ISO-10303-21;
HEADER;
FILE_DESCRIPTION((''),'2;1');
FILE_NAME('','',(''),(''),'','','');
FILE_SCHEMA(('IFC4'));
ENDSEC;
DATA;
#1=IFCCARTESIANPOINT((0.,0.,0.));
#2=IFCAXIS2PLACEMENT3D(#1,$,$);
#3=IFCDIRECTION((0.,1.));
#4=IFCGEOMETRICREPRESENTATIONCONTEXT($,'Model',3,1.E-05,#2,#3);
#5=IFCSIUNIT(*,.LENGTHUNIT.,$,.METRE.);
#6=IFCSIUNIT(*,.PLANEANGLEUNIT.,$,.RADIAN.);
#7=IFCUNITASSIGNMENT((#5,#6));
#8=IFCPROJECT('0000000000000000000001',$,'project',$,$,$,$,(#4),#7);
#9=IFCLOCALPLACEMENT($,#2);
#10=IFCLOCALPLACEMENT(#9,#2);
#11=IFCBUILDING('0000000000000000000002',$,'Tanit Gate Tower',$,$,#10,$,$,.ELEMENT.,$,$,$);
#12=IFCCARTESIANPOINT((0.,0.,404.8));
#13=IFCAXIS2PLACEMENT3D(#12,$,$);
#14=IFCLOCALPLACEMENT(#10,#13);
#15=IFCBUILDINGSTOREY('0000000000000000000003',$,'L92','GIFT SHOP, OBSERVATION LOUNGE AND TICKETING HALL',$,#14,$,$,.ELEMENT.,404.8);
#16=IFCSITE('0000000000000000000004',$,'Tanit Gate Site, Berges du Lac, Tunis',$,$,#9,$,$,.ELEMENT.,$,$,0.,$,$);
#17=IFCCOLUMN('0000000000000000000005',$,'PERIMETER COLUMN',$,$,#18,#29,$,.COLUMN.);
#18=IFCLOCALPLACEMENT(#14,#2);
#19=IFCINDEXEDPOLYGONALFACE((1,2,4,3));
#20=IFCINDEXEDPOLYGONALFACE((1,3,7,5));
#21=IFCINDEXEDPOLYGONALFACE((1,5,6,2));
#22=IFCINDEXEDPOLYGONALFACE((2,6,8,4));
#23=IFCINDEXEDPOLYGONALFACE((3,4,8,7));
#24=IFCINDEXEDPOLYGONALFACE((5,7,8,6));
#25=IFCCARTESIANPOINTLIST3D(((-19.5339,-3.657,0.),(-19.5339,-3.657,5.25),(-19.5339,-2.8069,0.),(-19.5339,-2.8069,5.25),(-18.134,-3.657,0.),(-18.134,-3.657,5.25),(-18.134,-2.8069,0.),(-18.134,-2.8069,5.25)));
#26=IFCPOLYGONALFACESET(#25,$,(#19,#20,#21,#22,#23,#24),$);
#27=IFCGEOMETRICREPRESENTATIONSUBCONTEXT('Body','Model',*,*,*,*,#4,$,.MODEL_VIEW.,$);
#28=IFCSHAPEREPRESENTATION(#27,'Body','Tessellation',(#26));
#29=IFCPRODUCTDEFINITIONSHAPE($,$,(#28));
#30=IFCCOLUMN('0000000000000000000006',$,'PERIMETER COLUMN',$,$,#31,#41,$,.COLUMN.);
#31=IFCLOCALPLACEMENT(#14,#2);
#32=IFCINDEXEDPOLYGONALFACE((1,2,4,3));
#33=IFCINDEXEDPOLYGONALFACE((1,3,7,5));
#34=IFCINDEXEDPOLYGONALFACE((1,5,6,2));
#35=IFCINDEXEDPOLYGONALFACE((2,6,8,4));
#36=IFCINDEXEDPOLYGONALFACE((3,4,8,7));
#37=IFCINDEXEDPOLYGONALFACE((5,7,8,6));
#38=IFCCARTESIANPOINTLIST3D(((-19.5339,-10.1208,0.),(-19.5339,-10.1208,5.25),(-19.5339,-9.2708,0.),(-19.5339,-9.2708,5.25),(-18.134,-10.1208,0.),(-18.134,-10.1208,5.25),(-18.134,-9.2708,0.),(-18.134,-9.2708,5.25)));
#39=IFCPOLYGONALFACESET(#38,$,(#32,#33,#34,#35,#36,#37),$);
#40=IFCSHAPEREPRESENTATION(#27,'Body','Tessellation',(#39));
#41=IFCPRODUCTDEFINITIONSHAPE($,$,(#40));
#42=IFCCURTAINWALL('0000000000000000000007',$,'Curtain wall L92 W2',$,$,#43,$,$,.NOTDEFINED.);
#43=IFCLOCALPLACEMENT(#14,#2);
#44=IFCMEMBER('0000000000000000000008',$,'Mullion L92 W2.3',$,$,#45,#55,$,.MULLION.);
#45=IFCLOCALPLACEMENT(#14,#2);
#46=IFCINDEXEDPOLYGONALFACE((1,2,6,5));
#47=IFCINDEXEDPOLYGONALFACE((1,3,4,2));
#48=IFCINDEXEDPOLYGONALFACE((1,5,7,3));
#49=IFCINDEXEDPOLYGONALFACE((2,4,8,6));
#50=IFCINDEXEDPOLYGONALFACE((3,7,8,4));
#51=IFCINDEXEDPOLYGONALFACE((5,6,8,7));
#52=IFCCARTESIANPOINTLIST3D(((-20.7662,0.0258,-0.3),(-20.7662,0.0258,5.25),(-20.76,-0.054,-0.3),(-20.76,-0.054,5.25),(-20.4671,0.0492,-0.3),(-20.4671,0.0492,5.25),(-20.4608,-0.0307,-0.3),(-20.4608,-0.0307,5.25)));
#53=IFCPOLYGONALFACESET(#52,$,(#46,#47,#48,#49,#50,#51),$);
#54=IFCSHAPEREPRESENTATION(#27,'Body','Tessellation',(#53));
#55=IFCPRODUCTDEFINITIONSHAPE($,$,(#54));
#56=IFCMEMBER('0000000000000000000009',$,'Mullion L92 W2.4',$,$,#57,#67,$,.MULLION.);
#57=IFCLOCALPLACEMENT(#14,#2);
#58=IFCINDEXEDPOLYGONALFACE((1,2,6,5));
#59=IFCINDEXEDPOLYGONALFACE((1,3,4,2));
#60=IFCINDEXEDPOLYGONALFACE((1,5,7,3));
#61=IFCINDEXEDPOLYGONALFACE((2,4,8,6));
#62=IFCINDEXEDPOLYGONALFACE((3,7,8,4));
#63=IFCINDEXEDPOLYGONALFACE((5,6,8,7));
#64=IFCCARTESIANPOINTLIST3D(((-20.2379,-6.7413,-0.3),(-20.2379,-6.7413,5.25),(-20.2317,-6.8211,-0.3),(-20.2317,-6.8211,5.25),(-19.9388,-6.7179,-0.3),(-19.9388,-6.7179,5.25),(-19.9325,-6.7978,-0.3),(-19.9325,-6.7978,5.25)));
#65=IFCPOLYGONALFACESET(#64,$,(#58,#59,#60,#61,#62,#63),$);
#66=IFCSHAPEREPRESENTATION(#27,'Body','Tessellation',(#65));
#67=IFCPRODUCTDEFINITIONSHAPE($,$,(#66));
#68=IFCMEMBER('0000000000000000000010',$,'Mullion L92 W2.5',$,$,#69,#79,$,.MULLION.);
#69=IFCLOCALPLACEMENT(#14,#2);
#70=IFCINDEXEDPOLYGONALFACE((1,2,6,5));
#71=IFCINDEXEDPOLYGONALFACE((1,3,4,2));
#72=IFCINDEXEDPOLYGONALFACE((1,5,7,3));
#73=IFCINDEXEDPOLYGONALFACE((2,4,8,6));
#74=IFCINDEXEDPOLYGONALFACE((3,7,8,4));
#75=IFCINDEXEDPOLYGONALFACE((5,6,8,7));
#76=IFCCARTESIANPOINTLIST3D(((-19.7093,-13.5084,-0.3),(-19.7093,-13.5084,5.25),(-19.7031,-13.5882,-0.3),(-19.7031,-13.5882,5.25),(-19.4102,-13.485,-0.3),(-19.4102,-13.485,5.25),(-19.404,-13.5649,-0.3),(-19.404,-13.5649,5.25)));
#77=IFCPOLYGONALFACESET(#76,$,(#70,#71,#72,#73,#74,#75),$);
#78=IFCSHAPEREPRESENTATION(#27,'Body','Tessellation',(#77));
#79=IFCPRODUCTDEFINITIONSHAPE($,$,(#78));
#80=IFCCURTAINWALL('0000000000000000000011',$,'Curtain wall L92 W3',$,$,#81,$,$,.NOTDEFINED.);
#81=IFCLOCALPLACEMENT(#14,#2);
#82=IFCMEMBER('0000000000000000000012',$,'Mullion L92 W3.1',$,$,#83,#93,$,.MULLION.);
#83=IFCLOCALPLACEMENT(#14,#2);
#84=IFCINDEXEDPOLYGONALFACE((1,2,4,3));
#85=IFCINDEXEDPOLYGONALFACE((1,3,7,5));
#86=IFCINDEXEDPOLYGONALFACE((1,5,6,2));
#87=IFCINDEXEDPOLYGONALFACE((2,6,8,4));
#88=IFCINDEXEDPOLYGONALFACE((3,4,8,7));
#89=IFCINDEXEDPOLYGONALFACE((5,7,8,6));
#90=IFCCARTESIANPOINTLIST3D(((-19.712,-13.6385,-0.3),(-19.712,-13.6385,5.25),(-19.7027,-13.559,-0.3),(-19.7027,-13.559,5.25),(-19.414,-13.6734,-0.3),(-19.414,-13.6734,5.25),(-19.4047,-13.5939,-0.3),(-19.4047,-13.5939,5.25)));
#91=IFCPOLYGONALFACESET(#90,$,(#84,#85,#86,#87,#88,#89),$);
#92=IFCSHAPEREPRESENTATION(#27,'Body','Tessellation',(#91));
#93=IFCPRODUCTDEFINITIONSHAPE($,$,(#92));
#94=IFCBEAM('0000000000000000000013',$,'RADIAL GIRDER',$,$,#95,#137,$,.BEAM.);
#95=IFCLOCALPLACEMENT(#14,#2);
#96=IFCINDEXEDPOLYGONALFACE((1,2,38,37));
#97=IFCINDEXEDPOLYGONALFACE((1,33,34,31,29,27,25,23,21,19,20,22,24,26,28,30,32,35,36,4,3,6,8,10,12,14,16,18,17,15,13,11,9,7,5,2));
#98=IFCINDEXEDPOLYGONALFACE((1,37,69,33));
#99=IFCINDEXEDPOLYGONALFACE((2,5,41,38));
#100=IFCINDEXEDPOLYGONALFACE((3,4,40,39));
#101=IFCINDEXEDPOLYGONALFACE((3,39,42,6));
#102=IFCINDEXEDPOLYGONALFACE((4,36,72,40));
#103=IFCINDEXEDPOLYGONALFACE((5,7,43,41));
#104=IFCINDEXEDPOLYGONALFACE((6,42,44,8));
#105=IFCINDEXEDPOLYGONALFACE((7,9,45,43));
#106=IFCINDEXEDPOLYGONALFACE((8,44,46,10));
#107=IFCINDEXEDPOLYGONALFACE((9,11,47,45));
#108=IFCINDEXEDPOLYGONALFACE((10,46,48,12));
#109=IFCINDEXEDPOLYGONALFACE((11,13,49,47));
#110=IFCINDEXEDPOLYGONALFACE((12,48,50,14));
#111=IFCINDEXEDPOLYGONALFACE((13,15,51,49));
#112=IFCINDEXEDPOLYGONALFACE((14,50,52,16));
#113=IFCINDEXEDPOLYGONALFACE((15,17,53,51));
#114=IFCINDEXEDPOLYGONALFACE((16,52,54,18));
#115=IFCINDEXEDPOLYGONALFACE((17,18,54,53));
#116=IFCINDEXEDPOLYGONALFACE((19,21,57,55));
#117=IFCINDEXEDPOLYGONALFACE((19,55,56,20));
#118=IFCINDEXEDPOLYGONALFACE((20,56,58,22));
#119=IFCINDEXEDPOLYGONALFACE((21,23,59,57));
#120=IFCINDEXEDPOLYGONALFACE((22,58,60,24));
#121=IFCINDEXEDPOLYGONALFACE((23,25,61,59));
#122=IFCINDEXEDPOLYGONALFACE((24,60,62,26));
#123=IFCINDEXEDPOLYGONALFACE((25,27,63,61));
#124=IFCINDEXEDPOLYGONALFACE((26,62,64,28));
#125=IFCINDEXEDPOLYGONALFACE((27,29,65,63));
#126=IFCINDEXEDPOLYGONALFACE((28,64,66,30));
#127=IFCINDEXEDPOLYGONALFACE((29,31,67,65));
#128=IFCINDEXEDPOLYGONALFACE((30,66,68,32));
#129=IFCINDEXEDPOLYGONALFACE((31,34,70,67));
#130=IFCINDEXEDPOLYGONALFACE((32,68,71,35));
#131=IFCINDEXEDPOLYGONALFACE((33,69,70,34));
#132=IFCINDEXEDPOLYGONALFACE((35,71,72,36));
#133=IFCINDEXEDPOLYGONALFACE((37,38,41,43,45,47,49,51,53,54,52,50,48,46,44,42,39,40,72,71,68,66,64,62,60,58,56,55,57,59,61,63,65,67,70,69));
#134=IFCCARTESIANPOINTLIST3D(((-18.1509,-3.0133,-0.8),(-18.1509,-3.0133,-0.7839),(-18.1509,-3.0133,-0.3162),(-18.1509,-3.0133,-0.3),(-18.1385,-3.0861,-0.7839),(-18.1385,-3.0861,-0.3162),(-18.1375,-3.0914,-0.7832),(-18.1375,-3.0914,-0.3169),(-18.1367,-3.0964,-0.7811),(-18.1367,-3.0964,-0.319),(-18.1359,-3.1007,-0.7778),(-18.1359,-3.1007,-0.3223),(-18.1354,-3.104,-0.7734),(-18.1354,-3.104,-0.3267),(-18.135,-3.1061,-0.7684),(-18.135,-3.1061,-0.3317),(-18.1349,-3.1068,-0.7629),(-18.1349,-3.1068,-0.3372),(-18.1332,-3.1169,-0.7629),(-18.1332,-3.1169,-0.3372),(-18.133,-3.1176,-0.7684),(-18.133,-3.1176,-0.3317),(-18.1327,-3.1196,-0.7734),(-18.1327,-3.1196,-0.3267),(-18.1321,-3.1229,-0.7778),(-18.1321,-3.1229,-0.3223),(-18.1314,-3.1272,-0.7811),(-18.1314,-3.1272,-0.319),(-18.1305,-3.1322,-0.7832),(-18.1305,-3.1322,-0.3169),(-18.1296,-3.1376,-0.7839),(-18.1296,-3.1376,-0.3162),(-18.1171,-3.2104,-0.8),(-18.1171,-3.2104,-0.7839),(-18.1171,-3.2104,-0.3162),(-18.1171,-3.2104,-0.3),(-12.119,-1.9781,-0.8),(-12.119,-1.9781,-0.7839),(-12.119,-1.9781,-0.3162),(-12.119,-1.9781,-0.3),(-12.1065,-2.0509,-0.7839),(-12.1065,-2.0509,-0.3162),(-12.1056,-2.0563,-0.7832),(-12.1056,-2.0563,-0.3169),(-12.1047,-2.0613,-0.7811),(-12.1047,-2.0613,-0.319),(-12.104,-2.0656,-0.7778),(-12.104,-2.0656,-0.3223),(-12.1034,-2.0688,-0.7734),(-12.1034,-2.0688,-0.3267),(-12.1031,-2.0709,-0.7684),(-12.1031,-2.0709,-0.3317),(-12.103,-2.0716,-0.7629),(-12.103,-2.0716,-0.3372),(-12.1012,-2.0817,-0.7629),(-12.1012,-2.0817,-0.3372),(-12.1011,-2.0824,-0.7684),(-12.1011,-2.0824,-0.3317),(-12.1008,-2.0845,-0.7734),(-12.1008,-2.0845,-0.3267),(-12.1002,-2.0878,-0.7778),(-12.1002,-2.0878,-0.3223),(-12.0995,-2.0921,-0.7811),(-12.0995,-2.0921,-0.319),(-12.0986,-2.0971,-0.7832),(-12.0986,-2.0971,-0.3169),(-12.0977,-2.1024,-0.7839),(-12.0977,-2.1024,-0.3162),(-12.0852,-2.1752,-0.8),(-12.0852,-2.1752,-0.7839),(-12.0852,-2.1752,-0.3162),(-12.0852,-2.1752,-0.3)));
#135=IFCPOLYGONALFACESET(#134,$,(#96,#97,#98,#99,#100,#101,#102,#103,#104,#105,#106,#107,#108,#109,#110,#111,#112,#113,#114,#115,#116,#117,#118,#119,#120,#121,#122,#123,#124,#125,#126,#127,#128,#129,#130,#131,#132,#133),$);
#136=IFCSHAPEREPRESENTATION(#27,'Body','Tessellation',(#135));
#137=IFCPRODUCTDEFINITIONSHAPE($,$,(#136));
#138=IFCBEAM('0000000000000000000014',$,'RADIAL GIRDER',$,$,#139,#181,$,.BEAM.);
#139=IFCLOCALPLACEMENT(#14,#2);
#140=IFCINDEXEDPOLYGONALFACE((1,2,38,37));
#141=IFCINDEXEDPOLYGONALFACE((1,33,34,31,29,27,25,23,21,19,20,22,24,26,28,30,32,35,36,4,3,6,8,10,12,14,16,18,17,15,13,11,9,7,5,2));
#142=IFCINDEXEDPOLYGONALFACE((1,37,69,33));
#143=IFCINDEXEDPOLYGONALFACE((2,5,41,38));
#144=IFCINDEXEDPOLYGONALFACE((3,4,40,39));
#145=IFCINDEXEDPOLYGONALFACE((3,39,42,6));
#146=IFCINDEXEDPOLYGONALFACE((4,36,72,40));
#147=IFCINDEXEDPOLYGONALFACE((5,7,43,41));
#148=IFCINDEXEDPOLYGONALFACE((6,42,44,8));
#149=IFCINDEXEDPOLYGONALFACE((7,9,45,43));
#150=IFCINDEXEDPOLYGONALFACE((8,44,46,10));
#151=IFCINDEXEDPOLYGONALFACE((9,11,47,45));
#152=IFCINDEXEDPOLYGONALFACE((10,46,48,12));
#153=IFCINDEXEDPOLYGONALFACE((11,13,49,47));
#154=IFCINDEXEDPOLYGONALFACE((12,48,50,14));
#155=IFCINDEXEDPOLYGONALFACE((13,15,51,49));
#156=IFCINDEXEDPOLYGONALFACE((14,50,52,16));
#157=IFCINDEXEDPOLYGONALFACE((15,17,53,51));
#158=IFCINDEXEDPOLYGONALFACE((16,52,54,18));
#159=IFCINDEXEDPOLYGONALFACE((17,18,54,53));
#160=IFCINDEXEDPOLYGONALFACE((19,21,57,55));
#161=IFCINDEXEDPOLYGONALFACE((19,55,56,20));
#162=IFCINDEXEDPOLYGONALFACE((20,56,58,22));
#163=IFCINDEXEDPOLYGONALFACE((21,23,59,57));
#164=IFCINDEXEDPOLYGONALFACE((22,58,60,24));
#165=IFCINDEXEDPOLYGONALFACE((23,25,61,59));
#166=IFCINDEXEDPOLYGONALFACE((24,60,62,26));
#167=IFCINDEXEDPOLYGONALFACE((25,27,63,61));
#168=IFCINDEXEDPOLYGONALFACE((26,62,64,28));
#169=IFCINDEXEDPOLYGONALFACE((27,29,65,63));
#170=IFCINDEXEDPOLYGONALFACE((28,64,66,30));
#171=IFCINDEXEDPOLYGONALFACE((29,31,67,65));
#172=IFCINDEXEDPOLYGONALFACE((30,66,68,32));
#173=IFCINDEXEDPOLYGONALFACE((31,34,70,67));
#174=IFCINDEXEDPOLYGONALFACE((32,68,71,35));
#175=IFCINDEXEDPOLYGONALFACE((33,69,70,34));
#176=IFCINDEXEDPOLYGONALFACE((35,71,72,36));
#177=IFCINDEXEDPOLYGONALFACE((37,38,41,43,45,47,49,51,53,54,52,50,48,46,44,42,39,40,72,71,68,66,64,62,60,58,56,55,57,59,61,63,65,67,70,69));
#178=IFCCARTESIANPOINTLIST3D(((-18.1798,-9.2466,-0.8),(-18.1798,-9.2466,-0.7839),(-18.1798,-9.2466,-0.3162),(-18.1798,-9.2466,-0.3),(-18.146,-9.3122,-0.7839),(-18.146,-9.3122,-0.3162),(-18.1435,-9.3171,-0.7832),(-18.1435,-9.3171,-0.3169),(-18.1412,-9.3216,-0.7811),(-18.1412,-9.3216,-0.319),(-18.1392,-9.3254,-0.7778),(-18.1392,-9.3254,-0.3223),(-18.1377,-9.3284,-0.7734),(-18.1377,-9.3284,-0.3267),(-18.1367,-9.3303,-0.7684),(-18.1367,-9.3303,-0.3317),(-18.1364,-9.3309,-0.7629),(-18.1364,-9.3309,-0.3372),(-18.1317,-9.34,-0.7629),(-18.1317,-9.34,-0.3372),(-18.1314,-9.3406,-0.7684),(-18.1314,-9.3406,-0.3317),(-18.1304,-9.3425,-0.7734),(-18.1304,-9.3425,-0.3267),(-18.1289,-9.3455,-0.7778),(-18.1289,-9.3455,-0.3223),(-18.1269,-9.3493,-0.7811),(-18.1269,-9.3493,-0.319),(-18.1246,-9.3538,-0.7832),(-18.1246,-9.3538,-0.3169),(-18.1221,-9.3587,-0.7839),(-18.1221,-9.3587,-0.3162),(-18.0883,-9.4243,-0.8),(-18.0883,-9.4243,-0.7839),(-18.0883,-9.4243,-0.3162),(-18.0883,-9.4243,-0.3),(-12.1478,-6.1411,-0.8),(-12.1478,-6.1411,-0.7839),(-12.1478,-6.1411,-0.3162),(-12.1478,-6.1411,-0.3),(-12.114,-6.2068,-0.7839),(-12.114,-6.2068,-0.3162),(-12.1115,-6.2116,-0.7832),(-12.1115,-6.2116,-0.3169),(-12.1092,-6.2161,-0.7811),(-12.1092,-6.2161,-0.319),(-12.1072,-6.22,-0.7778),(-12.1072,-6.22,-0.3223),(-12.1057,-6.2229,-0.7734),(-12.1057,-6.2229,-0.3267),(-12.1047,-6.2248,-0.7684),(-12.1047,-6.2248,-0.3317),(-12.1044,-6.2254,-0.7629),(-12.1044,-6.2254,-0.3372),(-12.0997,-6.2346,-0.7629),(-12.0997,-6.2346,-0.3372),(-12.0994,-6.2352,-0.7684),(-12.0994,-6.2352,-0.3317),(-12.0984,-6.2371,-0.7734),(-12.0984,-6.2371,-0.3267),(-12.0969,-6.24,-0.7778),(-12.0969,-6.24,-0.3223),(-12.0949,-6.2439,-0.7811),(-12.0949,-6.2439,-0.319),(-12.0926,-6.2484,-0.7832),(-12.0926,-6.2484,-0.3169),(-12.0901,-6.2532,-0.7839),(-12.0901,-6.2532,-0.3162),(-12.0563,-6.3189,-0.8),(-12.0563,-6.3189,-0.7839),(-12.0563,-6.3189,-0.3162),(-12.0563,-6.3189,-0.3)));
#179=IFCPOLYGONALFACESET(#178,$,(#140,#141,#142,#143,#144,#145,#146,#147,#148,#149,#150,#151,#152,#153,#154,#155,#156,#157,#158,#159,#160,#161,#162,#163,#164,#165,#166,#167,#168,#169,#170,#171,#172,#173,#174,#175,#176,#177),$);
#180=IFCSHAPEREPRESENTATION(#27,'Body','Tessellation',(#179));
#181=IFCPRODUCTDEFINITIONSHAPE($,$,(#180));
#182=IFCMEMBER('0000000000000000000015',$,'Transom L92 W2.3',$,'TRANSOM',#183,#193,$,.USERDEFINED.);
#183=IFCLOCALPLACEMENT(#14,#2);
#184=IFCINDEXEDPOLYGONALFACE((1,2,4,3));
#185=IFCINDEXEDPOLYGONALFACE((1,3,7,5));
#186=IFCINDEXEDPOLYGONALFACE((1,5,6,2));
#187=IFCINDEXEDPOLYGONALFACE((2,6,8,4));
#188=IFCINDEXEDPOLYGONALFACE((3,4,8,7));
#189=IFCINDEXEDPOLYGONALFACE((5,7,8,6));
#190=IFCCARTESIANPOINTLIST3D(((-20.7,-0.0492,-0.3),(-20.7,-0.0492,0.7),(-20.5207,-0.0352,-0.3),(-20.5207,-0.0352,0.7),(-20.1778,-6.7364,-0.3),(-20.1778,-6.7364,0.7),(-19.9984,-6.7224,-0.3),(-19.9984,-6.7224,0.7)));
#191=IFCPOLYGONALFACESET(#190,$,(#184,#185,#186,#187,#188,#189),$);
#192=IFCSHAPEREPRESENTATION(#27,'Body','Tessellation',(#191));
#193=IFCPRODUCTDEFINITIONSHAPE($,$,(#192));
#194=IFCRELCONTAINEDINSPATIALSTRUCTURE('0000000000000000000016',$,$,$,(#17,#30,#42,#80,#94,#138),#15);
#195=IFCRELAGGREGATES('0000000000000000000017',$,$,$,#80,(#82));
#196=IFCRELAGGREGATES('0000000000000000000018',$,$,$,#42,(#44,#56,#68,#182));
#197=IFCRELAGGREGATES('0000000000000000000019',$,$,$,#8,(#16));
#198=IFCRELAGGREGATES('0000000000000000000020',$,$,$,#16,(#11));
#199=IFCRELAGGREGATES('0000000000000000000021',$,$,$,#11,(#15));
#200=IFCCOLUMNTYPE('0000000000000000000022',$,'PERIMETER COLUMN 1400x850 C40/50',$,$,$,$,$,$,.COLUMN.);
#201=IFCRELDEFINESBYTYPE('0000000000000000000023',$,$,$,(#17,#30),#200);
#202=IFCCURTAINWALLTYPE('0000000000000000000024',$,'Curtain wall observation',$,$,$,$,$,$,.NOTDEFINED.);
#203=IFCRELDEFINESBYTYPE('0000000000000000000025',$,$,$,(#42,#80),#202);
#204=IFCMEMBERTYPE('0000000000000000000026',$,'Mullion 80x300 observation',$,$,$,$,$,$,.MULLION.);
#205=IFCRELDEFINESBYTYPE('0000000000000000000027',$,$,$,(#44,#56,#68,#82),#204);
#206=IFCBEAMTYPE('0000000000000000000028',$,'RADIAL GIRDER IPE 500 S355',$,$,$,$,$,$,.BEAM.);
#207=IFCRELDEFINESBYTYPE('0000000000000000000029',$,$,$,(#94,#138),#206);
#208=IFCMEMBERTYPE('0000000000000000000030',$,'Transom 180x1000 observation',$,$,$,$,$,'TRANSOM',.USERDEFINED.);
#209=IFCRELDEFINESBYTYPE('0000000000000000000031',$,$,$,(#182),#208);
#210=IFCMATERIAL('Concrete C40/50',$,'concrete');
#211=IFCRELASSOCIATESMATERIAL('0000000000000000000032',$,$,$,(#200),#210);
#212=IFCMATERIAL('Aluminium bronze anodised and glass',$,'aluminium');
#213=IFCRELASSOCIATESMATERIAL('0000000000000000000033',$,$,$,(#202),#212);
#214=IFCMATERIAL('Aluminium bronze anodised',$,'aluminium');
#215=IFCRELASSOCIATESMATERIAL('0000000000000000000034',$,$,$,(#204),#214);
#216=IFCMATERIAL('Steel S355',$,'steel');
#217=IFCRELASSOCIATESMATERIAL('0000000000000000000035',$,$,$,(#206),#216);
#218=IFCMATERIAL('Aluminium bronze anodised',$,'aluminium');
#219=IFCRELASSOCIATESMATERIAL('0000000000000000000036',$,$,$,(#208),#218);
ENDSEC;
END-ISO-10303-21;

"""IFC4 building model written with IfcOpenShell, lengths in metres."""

from ifc_helpers import new_model, si_unit, direction, frame, origin, origin_2d, place, context, subcontext, project, spatial, rectangle, i_section, extrude, material, material_profile, profile_set, type_object, element, aggregate, save


model = new_model("IFC4")

# Units and contexts
model_context = context("Model", 3, precision=1e-05, world=origin(), true_north=direction((0.0, 1.0)))
body_context = subcontext(model_context, "Body", "Model", "MODEL_VIEW")
ifc_project = project(units=[si_unit("LENGTHUNIT", "METRE"), si_unit("PLANEANGLEUNIT", "RADIAN")], contexts=[model_context])

# Site, building, storey
site_placement = place(None, origin())
site = spatial("IfcSite", under=ifc_project, at=site_placement, Name="Tanit Gate Site, Berges du Lac, Tunis", CompositionType="ELEMENT", RefElevation=0.0)
building_placement = place(site_placement, origin())
building = spatial("IfcBuilding", under=site, at=building_placement, Name="Tanit Gate Tower", CompositionType="ELEMENT")
storey_placement = place(building_placement, frame((0.0, 0.0, 404.8)))
storey = spatial("IfcBuildingStorey", under=building, at=storey_placement, Name="L92", Description="GIFT SHOP, OBSERVATION LOUNGE AND TICKETING HALL", CompositionType="ELEMENT", Elevation=404.8)

# Columns
ifc_material_1 = material(Name="Concrete C40/50", Category="concrete")
ifc_material_profile_1 = material_profile(ifc_material_1, rectangle(XDim=1.3999, YDim=0.8501, at=origin_2d()), Name="RC 1400x850")
ifc_profile_set_1 = profile_set([ifc_material_profile_1], Name="Concrete C40/50")
column_type = type_object("IfcColumnType", Name="PERIMETER COLUMN 1400x850 C40/50", PredefinedType="COLUMN", material=ifc_profile_set_1)
for number, where, z_axis, x_axis, name in (
    (1, (-18.834, -3.2319, 0.0), (0.0, 0.0, 1.0), (-1.0, 0.0, 0.0), "PERIMETER COLUMN"),
    (2, (-18.834, -9.6958, 0.0), (0.0, 0.0, 1.0), (-1.0, 0.0, 0.0), "PERIMETER COLUMN"),
):
    element("IfcColumn", number, at=place(storey_placement, frame(where, z_axis=z_axis, x_axis=x_axis)), inside=storey, type_object=column_type, Name=name, PredefinedType="COLUMN", context=body_context, shape_type="SweptSolid", body=[
        extrude(rectangle(XDim=1.3999, YDim=0.8501, at=origin_2d()), origin(), (0.0, 0.0, 1.0), 5.25),
    ])

# Curtain wall, members
ifc_material_2 = material(Name="Aluminium bronze anodised and glass", Category="aluminium")
curtain_wall_type = type_object("IfcCurtainWallType", Name="Curtain wall observation", PredefinedType="NOTDEFINED", material=ifc_material_2)
curtain_wall_1_placement = place(storey_placement, origin())
curtain_wall_1 = element("IfcCurtainWall", 3, at=curtain_wall_1_placement, inside=storey, type_object=curtain_wall_type, Name="Curtain wall L92 W2", PredefinedType="NOTDEFINED")
ifc_material_3 = material(Name="Aluminium bronze anodised", Category="aluminium")
ifc_material_profile_2 = material_profile(ifc_material_3, rectangle(XDim=0.3, YDim=0.0801, at=origin_2d()), Name="80x300 bronze mullion")
ifc_profile_set_2 = profile_set([ifc_material_profile_2], Name="Aluminium bronze anodised")
member_type_1 = type_object("IfcMemberType", Name="Mullion 80x300 observation", PredefinedType="MULLION", material=ifc_profile_set_2)
member_1_placement = place(storey_placement, frame((-20.6135, -0.0024, -0.3), z_axis=(0.0, 0.0, 1.0), x_axis=(0.996966, 0.077839, 0.0)))
member_1 = element("IfcMember", 4, at=member_1_placement, type_object=member_type_1, Name="Mullion L92 W2.3", PredefinedType="MULLION", context=body_context, shape_type="SweptSolid", body=[
    extrude(rectangle(XDim=0.3, YDim=0.0801, at=origin_2d()), origin(), (0.0, 0.0, 1.0), 5.55),
])
member_2_placement = place(storey_placement, frame((-20.0852, -6.7695, -0.3), z_axis=(0.0, 0.0, 1.0), x_axis=(0.996966, 0.077839, 0.0)))
member_2 = element("IfcMember", 5, at=member_2_placement, type_object=member_type_1, Name="Mullion L92 W2.4", PredefinedType="MULLION", context=body_context, shape_type="SweptSolid", body=[
    extrude(rectangle(XDim=0.3, YDim=0.0801, at=origin_2d()), origin(), (0.0, 0.0, 1.0), 5.55),
])
member_3_placement = place(storey_placement, frame((-19.5566, -13.5366, -0.3), z_axis=(0.0, 0.0, 1.0), x_axis=(0.996966, 0.077839, 0.0)))
member_3 = element("IfcMember", 6, at=member_3_placement, type_object=member_type_1, Name="Mullion L92 W2.5", PredefinedType="MULLION", context=body_context, shape_type="SweptSolid", body=[
    extrude(rectangle(XDim=0.3, YDim=0.0801, at=origin_2d()), origin(), (0.0, 0.0, 1.0), 5.55),
])

# Curtain wall, member
curtain_wall_2_placement = place(storey_placement, origin())
curtain_wall_2 = element("IfcCurtainWall", 7, at=curtain_wall_2_placement, inside=storey, type_object=curtain_wall_type, Name="Curtain wall L92 W3", PredefinedType="NOTDEFINED")
member_4_placement = place(storey_placement, frame((-19.5583, -13.6162, -0.3), z_axis=(0.0, 0.0, 1.0), x_axis=(0.993212, -0.116318, 0.0)))
member_4 = element("IfcMember", 8, at=member_4_placement, type_object=member_type_1, Name="Mullion L92 W3.1", PredefinedType="MULLION", context=body_context, shape_type="SweptSolid", body=[
    extrude(rectangle(XDim=0.3, YDim=0.0801, at=origin_2d()), origin(), (0.0, 0.0, 1.0), 5.55),
])

# Beams
ifc_material_4 = material(Name="Steel S355", Category="steel")
ifc_material_profile_3 = material_profile(ifc_material_4, i_section(OverallWidth=0.2, OverallDepth=0.5, WebThickness=0.0103, FlangeThickness=0.0161, FilletRadius=0.021, at=origin_2d()), Name="IPE 500")
ifc_profile_set_3 = profile_set([ifc_material_profile_3], Name="Steel S355")
beam_type = type_object("IfcBeamType", Name="RADIAL GIRDER IPE 500 S355", PredefinedType="BEAM", material=ifc_profile_set_3)
beam_1_placement = place(storey_placement, frame((-18.134, -3.1118, -0.55), z_axis=(0.985592, 0.169139, 0.0), x_axis=(-0.169139, 0.985592, 0.0)))
element("IfcBeam", 9, at=beam_1_placement, inside=storey, type_object=beam_type, Name="RADIAL GIRDER", PredefinedType="BEAM", context=body_context, shape_type="SweptSolid", body=[
    extrude(i_section(OverallWidth=0.2, OverallDepth=0.5, WebThickness=0.0103, FlangeThickness=0.0161, FilletRadius=0.021, at=origin_2d()), origin(), (0.0, 0.0, 1.0), 6.1201),
])
beam_2_placement = place(storey_placement, frame((-18.134, -9.3354, -0.55), z_axis=(0.88909, 0.457733, 0.0), x_axis=(-0.457733, 0.88909, 0.0)))
element("IfcBeam", 10, at=beam_2_placement, inside=storey, type_object=beam_type, Name="RADIAL GIRDER", PredefinedType="BEAM", context=body_context, shape_type="SweptSolid", body=[
    extrude(i_section(OverallWidth=0.2, OverallDepth=0.5, WebThickness=0.0103, FlangeThickness=0.0161, FilletRadius=0.021, at=origin_2d()), origin(), (0.0, 0.0, 1.0), 6.7844),
])

# Member
ifc_material_5 = material(Name="Aluminium bronze anodised", Category="aluminium")
ifc_material_profile_4 = material_profile(ifc_material_5, rectangle(XDim=0.1799, YDim=1.0, at=origin_2d()), Name="180x1000 bronze transom")
ifc_profile_set_4 = profile_set([ifc_material_profile_4], Name="Aluminium bronze anodised")
member_type_2 = type_object("IfcMemberType", Name="Transom 180x1000 observation", ElementType="TRANSOM", PredefinedType="USERDEFINED", material=ifc_profile_set_4)
member_5_placement = place(storey_placement, frame((-20.6104, -0.0422, 0.2), z_axis=(0.077854, -0.996965, 0.0), x_axis=(0.996965, 0.077854, 0.0)))
member_5 = element("IfcMember", 11, at=member_5_placement, type_object=member_type_2, Name="Transom L92 W2.3", ObjectType="TRANSOM", PredefinedType="USERDEFINED", context=body_context, shape_type="SweptSolid", body=[
    extrude(rectangle(XDim=0.1799, YDim=1.0, at=origin_2d()), origin(), (0.0, 0.0, 1.0), 6.7075),
])
aggregate(curtain_wall_2, [member_4])

aggregate(curtain_wall_1, [member_1, member_2, member_3, member_5])

save(model, "model.ifc")
